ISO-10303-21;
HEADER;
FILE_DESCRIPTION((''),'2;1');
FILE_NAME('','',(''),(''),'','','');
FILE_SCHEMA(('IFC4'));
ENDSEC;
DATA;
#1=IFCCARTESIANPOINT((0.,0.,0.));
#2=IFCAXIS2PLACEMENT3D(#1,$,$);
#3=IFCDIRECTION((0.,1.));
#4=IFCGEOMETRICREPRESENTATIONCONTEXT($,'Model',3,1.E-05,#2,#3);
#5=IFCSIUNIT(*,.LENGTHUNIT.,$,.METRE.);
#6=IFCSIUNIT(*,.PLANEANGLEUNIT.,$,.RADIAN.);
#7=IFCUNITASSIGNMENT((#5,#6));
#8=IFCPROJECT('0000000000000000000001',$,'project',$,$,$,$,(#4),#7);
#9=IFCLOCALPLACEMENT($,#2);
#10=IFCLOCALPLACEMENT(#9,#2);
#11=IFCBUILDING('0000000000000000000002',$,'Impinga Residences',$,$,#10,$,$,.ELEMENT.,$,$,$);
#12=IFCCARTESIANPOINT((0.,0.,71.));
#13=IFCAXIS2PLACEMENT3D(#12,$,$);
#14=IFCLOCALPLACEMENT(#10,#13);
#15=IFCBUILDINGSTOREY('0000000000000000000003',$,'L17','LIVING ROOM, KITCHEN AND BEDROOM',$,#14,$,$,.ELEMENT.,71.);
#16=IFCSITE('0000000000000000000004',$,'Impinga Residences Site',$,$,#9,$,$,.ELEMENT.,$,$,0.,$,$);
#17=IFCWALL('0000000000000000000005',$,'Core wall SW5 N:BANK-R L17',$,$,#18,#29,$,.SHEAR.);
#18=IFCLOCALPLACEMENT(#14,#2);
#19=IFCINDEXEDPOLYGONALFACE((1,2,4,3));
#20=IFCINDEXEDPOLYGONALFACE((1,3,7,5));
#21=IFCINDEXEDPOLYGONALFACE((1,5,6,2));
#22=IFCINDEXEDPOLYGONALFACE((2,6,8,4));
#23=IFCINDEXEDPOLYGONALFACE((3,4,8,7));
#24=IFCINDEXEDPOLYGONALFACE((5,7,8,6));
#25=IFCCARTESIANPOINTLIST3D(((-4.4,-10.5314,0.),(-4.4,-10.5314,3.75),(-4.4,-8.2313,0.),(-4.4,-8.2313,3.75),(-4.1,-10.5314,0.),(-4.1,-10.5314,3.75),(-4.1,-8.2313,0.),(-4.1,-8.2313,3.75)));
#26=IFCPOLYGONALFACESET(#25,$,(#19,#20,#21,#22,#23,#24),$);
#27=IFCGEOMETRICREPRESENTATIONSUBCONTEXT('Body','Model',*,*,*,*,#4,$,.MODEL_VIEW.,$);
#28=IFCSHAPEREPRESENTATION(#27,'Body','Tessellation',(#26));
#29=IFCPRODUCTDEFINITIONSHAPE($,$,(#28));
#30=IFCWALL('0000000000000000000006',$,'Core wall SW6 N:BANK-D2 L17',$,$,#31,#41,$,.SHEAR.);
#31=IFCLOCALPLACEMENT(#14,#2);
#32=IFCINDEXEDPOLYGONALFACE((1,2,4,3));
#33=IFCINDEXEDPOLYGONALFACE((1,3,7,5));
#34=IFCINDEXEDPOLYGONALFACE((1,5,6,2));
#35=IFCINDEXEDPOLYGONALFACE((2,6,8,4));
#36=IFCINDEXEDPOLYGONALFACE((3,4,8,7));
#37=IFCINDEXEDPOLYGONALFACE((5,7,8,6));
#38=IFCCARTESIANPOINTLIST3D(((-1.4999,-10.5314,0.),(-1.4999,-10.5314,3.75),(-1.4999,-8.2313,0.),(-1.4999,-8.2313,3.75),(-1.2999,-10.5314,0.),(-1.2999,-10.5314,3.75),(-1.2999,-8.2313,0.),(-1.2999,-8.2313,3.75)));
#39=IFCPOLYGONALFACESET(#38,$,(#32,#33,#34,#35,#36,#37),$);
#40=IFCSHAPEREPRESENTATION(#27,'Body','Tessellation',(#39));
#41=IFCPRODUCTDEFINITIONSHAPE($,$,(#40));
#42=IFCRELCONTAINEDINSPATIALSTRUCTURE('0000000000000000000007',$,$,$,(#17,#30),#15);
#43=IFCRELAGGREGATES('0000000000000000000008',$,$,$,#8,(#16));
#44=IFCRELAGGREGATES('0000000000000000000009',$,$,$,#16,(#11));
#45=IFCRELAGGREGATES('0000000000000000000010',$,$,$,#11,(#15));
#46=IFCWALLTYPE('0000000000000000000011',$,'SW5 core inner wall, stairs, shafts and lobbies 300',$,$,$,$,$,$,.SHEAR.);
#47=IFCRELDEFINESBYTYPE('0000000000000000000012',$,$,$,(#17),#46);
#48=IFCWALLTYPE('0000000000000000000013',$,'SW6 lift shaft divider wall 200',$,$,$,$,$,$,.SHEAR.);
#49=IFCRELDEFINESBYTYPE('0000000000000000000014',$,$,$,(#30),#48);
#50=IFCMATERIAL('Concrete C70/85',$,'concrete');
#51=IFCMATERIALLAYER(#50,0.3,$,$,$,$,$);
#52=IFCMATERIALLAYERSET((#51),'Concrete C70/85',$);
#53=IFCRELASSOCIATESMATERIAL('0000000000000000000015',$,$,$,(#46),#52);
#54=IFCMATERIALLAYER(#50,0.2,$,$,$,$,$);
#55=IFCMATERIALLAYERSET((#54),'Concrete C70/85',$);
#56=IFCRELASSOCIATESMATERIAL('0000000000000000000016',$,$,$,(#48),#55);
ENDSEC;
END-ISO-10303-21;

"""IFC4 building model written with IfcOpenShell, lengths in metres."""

from ifc_helpers import new_model, si_unit, direction, frame, frame_2d, origin, place, context, subcontext, project, spatial, rectangle, extrude, material, layer, layer_set, type_object, element, save


model = new_model("IFC4")

# Units and contexts
model_context = context("Model", 3, precision=1e-05, world=origin(), true_north=direction((0.0, 1.0)))
body_context = subcontext(model_context, "Body", "Model", "MODEL_VIEW")
ifc_project = project(units=[si_unit("LENGTHUNIT", "METRE"), si_unit("PLANEANGLEUNIT", "RADIAN")], contexts=[model_context])

# Site, building, storey
site_placement = place(None, origin())
site = spatial("IfcSite", under=ifc_project, at=site_placement, Name="Impinga Residences Site", CompositionType="ELEMENT", RefElevation=0.0)
building_placement = place(site_placement, origin())
building = spatial("IfcBuilding", under=site, at=building_placement, Name="Impinga Residences", CompositionType="ELEMENT")
storey_placement = place(building_placement, frame((0.0, 0.0, 71.0)))
storey = spatial("IfcBuildingStorey", under=building, at=storey_placement, Name="L17", Description="LIVING ROOM, KITCHEN AND BEDROOM", CompositionType="ELEMENT", Elevation=71.0)

# Shared definitions
ifc_material_1 = material(Name="Concrete C70/85", Category="concrete")

# Walls
ifc_layer_1 = layer(ifc_material_1, 0.3)
ifc_layer_set_1 = layer_set([ifc_layer_1], Name="Concrete C70/85")
wall_type_1 = type_object("IfcWallType", Name="SW5 core inner wall, stairs, shafts and lobbies 300", PredefinedType="SHEAR", material=ifc_layer_set_1)
wall_1_placement = place(storey_placement, frame((-4.25, -8.2314, 0.0), z_axis=(0.0, 0.0, 1.0), x_axis=(0.0, -1.0, 0.0)))
element("IfcWall", 1, at=wall_1_placement, inside=storey, type_object=wall_type_1, Name="Core wall SW5 N:BANK-R L17", PredefinedType="SHEAR", context=body_context, shape_type="SweptSolid", body=[
    extrude(rectangle(XDim=2.3, YDim=0.3, at=frame_2d((1.1499, 0.0))), origin(), (0.0, 0.0, 1.0), 3.75),
])
ifc_layer_2 = layer(ifc_material_1, 0.2)
ifc_layer_set_2 = layer_set([ifc_layer_2], Name="Concrete C70/85")
wall_type_2 = type_object("IfcWallType", Name="SW6 lift shaft divider wall 200", PredefinedType="SHEAR", material=ifc_layer_set_2)
wall_2_placement = place(storey_placement, frame((-1.3999, -8.2314, 0.0), z_axis=(0.0, 0.0, 1.0), x_axis=(0.0, -1.0, 0.0)))
element("IfcWall", 2, at=wall_2_placement, inside=storey, type_object=wall_type_2, Name="Core wall SW6 N:BANK-D2 L17", PredefinedType="SHEAR", context=body_context, shape_type="SweptSolid", body=[
    extrude(rectangle(XDim=2.3, YDim=0.2, at=frame_2d((1.1499, 0.0))), origin(), (0.0, 0.0, 1.0), 3.75),
])

save(model, "model.ifc")
